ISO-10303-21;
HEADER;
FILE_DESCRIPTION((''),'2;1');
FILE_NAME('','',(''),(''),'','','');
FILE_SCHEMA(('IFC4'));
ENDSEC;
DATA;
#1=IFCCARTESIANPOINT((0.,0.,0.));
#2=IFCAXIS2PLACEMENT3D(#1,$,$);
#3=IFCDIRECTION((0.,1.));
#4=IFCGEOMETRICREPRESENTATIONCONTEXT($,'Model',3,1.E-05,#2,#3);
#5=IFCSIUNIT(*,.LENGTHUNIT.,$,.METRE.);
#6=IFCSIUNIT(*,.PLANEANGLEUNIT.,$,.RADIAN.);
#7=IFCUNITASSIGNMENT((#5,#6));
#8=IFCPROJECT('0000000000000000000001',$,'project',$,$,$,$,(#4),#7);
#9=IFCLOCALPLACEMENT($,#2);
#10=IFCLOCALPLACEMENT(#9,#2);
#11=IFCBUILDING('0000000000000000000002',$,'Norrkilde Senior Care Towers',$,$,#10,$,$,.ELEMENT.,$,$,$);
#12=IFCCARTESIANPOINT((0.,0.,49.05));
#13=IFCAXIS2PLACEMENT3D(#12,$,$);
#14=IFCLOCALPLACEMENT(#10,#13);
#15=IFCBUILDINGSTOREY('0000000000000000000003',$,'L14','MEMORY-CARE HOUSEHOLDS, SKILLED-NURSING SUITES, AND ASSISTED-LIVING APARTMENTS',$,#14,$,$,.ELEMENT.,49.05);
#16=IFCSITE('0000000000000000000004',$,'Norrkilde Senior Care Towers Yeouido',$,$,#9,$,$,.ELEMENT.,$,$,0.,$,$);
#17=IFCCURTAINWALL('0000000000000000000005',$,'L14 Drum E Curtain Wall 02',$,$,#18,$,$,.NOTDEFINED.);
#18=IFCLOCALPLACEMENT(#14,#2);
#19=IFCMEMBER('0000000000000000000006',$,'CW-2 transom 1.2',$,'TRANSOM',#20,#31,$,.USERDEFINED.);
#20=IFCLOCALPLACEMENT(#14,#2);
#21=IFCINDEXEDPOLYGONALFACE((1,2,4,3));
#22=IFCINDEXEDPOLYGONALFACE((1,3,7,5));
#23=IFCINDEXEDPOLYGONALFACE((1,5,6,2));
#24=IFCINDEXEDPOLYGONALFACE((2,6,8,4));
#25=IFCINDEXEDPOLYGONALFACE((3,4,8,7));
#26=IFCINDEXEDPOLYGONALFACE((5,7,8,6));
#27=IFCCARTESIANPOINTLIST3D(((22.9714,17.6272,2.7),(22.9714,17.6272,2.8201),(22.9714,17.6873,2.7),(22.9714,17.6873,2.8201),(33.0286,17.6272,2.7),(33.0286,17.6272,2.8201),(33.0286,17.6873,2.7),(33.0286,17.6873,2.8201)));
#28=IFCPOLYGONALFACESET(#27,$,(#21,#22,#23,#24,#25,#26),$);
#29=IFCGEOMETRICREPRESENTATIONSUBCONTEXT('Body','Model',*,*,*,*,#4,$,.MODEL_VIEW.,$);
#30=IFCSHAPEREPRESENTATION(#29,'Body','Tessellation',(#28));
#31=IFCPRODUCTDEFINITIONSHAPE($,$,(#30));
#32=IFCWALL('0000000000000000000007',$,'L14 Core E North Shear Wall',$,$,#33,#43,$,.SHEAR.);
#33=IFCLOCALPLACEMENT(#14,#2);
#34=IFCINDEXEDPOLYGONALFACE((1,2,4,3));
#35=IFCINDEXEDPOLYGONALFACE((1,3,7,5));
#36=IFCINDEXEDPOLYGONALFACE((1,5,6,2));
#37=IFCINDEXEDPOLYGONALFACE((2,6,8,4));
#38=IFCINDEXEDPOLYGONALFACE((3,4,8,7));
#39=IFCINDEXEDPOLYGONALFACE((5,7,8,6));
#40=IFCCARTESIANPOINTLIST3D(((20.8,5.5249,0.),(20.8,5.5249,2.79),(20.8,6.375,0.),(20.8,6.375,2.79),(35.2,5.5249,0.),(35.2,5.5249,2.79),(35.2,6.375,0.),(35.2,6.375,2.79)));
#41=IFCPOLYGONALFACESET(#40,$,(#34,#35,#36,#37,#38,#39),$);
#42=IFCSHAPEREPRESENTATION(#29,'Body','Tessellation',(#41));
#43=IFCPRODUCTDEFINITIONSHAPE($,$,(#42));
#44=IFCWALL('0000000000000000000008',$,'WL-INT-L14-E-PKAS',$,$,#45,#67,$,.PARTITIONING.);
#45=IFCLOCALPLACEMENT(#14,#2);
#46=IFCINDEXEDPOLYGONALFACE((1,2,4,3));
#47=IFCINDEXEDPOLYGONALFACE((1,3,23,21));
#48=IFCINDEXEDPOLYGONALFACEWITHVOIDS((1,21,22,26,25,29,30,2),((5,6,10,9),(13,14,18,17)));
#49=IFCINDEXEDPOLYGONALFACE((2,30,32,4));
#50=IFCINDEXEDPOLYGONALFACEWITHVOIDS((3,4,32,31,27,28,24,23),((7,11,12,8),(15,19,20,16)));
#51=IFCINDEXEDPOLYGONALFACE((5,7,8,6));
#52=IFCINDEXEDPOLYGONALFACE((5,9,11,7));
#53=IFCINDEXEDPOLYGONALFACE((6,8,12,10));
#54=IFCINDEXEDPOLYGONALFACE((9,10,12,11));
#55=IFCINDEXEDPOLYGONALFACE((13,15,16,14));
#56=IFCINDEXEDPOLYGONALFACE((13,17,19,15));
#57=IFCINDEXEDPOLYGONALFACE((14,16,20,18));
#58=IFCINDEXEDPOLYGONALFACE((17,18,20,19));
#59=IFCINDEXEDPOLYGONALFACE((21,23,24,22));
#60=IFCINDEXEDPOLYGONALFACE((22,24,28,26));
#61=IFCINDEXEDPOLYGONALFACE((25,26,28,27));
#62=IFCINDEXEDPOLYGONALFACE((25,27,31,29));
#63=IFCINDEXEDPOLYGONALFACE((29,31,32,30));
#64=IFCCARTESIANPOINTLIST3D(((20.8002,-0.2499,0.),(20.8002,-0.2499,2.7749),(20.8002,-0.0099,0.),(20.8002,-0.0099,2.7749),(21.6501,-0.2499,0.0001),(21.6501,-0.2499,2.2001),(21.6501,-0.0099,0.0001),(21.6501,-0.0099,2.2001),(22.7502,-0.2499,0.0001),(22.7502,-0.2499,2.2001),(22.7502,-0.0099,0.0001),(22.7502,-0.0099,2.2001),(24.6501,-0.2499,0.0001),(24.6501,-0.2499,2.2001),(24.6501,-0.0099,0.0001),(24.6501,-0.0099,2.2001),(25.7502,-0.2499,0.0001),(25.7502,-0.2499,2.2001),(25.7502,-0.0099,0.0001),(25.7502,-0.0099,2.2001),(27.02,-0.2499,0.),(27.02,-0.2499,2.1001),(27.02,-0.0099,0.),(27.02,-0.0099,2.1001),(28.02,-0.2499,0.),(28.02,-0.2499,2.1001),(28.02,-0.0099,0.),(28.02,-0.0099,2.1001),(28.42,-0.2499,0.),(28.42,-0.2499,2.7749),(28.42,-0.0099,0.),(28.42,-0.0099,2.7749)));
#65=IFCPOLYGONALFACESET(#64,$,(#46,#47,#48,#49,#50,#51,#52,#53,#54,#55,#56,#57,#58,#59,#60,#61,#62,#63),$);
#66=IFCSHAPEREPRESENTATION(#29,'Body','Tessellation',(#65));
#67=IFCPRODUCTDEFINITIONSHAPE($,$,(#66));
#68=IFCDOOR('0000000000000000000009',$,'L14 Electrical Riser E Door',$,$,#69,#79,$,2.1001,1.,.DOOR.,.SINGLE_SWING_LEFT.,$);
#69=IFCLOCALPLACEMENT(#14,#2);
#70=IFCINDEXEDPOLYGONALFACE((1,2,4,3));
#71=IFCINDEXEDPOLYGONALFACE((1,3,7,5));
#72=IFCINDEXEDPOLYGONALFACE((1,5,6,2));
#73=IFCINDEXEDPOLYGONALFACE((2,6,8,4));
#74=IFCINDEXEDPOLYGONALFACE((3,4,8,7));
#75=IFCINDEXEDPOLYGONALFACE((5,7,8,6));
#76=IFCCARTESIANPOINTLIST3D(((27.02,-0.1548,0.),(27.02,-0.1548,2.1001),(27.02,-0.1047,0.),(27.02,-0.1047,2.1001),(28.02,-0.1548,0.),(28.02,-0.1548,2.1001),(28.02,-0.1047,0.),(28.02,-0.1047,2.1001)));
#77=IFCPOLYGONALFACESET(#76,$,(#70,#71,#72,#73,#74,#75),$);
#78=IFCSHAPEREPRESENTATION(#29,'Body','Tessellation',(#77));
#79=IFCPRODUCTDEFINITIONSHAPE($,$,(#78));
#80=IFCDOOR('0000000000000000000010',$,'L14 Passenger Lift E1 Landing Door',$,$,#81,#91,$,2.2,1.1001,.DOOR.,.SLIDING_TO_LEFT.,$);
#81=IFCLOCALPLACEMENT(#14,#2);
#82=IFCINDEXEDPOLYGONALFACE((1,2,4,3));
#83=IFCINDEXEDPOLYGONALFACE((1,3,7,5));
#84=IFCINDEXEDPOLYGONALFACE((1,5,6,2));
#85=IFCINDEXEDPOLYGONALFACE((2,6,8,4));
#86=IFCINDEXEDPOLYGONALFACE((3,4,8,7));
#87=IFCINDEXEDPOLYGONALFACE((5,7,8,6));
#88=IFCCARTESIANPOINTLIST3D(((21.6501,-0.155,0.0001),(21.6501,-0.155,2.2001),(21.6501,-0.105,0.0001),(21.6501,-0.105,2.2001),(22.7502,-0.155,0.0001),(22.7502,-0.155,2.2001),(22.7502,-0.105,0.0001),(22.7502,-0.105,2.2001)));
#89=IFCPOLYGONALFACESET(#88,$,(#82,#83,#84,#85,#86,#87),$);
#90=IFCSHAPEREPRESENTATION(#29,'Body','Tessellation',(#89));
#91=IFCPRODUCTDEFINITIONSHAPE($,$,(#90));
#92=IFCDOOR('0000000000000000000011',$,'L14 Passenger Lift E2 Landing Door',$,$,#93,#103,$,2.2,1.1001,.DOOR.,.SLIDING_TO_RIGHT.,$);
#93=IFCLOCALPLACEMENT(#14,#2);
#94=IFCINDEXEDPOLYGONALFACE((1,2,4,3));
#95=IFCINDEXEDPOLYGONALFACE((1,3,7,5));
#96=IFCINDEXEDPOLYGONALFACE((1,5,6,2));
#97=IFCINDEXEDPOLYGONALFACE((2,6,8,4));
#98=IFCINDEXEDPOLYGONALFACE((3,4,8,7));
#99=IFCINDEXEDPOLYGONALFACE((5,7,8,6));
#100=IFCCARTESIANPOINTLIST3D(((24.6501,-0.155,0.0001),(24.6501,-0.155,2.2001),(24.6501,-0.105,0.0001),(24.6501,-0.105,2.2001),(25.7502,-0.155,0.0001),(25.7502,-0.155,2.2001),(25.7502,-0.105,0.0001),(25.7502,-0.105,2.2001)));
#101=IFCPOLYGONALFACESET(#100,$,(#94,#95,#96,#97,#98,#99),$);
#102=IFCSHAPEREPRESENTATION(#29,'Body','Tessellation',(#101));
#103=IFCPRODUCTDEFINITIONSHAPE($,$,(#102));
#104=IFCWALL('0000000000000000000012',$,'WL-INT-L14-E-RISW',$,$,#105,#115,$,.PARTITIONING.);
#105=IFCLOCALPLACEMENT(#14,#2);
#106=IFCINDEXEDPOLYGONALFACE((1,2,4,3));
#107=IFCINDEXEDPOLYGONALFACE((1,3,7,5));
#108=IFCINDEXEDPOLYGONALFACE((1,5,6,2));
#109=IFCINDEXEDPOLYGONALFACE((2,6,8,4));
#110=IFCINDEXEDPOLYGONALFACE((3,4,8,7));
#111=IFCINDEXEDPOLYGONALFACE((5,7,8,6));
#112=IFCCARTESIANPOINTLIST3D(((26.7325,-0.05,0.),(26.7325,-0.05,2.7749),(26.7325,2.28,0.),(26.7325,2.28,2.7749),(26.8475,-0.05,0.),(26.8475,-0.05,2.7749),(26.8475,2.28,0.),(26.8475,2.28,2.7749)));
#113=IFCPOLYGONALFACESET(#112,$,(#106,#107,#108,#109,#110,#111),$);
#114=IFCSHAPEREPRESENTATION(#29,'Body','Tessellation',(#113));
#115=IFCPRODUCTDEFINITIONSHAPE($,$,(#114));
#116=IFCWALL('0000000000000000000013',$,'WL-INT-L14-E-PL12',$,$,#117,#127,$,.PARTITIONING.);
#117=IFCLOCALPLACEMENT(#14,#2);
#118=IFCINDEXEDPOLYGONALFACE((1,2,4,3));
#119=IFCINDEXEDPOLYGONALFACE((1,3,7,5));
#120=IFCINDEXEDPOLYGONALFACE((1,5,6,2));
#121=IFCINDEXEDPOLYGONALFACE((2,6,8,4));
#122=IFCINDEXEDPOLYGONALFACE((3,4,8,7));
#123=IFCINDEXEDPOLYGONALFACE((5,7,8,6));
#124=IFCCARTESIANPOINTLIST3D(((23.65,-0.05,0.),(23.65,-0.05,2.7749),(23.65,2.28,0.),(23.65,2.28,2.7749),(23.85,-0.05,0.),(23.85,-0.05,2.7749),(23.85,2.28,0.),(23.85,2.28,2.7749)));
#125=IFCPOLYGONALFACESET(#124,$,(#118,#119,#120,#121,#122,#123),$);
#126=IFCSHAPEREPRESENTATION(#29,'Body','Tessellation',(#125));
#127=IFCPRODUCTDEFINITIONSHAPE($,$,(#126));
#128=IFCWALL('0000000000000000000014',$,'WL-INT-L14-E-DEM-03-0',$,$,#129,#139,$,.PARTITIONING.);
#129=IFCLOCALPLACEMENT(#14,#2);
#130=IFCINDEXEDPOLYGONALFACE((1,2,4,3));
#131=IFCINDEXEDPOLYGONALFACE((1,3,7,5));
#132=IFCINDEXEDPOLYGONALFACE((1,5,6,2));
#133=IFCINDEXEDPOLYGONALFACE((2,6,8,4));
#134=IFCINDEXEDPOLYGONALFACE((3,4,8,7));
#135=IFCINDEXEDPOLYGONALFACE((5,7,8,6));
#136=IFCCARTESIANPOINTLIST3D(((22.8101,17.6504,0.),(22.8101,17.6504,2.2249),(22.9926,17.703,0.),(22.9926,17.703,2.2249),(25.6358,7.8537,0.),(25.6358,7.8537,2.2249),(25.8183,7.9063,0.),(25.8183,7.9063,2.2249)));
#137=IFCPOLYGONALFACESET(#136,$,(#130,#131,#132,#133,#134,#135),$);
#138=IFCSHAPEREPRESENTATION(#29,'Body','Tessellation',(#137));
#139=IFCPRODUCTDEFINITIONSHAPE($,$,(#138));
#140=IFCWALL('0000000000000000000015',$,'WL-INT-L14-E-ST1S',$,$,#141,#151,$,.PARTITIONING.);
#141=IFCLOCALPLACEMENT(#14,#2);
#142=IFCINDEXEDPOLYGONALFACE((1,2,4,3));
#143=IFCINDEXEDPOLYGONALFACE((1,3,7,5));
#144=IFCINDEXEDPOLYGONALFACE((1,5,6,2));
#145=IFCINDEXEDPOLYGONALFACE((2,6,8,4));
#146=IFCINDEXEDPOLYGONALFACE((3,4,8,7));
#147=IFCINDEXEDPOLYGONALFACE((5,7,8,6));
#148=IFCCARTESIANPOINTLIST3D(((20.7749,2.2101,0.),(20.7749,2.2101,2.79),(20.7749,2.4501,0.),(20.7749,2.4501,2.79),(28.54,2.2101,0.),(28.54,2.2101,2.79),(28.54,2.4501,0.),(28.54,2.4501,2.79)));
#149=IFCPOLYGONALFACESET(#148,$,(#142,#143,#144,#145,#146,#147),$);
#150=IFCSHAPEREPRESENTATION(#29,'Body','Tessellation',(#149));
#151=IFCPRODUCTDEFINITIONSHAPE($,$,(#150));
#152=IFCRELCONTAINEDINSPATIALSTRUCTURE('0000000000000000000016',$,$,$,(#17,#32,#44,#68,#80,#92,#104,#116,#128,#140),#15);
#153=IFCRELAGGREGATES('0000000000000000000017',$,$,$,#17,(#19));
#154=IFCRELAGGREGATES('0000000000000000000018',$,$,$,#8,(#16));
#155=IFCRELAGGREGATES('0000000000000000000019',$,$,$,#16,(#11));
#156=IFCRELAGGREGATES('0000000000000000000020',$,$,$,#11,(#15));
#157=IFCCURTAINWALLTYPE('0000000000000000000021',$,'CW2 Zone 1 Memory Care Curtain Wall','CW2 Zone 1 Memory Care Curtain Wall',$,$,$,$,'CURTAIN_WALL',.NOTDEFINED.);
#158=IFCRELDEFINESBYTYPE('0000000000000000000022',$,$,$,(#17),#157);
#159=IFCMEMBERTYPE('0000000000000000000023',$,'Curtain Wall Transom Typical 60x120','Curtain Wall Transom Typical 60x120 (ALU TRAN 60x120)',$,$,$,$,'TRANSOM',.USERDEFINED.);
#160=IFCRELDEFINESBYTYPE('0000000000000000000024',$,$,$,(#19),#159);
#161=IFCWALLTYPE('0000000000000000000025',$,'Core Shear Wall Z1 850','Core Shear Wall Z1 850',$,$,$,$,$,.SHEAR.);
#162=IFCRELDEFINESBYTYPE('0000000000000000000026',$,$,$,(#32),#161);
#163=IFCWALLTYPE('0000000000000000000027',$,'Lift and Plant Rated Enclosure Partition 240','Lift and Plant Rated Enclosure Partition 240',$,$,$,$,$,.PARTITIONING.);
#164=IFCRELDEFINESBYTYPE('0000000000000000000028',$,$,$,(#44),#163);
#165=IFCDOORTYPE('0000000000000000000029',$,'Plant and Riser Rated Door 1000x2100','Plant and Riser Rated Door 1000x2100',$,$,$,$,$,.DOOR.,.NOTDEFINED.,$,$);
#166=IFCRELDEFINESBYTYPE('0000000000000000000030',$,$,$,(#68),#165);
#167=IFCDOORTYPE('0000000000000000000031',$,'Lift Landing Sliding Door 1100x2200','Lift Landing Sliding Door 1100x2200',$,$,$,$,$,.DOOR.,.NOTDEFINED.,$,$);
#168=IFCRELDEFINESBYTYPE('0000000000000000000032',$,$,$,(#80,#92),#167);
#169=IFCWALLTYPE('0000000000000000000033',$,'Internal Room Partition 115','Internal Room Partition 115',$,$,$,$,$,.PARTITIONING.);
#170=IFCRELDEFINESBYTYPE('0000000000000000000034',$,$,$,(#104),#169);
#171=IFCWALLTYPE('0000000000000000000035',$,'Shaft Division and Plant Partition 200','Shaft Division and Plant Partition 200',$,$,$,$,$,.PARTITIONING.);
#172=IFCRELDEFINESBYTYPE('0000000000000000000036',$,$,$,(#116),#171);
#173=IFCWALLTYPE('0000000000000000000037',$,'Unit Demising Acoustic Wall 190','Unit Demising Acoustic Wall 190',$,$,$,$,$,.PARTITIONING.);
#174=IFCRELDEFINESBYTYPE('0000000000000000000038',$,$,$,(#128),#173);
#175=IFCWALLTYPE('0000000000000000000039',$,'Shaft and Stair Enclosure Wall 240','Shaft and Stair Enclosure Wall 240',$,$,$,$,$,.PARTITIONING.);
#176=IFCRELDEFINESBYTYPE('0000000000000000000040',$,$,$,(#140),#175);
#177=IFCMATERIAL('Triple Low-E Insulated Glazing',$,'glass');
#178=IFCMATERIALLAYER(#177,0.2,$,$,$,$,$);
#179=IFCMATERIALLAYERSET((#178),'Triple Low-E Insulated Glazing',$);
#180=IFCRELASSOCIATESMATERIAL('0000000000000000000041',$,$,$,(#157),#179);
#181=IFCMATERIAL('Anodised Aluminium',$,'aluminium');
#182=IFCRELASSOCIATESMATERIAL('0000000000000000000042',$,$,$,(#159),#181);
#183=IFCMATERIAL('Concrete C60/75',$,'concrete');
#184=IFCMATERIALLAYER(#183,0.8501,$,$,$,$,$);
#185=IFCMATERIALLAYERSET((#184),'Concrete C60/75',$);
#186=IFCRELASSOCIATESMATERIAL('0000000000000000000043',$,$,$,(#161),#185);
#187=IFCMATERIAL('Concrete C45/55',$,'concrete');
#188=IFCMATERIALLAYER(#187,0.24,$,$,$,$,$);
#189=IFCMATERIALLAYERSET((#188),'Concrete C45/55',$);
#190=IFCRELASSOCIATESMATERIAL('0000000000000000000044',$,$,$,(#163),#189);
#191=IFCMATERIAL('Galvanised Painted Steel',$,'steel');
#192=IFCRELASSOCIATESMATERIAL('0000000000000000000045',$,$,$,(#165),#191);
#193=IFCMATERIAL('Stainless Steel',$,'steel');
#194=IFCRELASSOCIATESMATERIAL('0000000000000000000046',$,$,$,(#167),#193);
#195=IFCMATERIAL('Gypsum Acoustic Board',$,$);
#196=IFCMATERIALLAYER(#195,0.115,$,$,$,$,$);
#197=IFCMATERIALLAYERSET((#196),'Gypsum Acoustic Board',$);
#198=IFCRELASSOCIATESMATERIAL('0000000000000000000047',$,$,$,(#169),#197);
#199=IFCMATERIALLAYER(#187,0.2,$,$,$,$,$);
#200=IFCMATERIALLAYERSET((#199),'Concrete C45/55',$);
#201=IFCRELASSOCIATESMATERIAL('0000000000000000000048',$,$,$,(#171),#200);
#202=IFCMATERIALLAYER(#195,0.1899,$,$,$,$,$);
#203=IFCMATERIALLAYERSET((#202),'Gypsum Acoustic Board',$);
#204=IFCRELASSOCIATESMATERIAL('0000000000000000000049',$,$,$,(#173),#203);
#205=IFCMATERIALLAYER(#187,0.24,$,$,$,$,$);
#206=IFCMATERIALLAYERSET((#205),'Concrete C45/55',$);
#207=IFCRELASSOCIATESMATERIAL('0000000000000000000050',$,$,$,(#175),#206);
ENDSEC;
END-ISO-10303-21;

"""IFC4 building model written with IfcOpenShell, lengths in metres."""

from ifc_helpers import new_model, si_unit, direction, frame, frame_2d, origin, origin_2d, place, context, subcontext, project, spatial, rectangle, extrude, source, transform, mapped, material, layer, layer_set, material_profile, profile_set, type_object, type_shapes, element, fill, aggregate, save


model = new_model("IFC4")

# Units and contexts
model_context = context("Model", 3, precision=1e-05, world=origin(), true_north=direction((0.0, 1.0)))
body_context = subcontext(model_context, "Body", "Model", "MODEL_VIEW")
ifc_project = project(units=[si_unit("LENGTHUNIT", "METRE"), si_unit("PLANEANGLEUNIT", "RADIAN")], contexts=[model_context])

# Site, building, storey
site_placement = place(None, origin())
site = spatial("IfcSite", under=ifc_project, at=site_placement, Name="Norrkilde Senior Care Towers Yeouido", CompositionType="ELEMENT", RefElevation=0.0)
building_placement = place(site_placement, origin())
building = spatial("IfcBuilding", under=site, at=building_placement, Name="Norrkilde Senior Care Towers", CompositionType="ELEMENT")
storey_placement = place(building_placement, frame((0.0, 0.0, 49.05)))
storey = spatial("IfcBuildingStorey", under=building, at=storey_placement, Name="L14", Description="MEMORY-CARE HOUSEHOLDS, SKILLED-NURSING SUITES, AND ASSISTED-LIVING APARTMENTS", CompositionType="ELEMENT", Elevation=49.05)

# Shared definitions
ifc_material_1 = material(Name="Concrete C60/75", Category="concrete")

# Curtain wall, member
ifc_material_2 = material(Name="Triple Low-E Insulated Glazing", Category="glass")
ifc_layer_1 = layer(ifc_material_2, 0.2)
ifc_layer_set_1 = layer_set([ifc_layer_1], Name="Triple Low-E Insulated Glazing")
curtain_wall_type = type_object("IfcCurtainWallType", Name="CW2 Zone 1 Memory Care Curtain Wall", Description="CW2 Zone 1 Memory Care Curtain Wall", ElementType="CURTAIN_WALL", PredefinedType="NOTDEFINED", material=ifc_layer_set_1)
curtain_wall_placement = place(storey_placement, origin())
curtain_wall = element("IfcCurtainWall", 1, at=curtain_wall_placement, inside=storey, type_object=curtain_wall_type, Name="L14 Drum E Curtain Wall 02", PredefinedType="NOTDEFINED")
ifc_material_3 = material(Name="Anodised Aluminium", Category="aluminium")
ifc_material_profile_1 = material_profile(ifc_material_3, rectangle(XDim=0.0601, YDim=0.1201, at=origin_2d()), Name="ALU TRAN 60x120")
ifc_profile_set_1 = profile_set([ifc_material_profile_1], Name="Anodised Aluminium")
member_type_1 = type_object("IfcMemberType", Name="Curtain Wall Transom Typical 60x120", Description="Curtain Wall Transom Typical 60x120 (ALU TRAN 60x120)", ElementType="TRANSOM", PredefinedType="USERDEFINED", material=ifc_profile_set_1)
shared_shape_1 = source(origin(), body_context, "Body", "SweptSolid", [
    extrude(rectangle(XDim=0.0601, YDim=0.1201, at=origin_2d()), origin(), (0.0, 0.0, 1.0), 10.0571),
])
type_shapes(member_type_1, [shared_shape_1])
member_1_placement = place(storey_placement, frame((22.9714, 17.6572, 2.76), z_axis=(1.0, 0.0, 0.0), x_axis=(0.0, 1.0, 0.0)))
member_1 = element("IfcMember", 2, at=member_1_placement, type_object=member_type_1, Name="CW-2 transom 1.2", ObjectType="TRANSOM", PredefinedType="USERDEFINED", context=body_context, shape_type="MappedRepresentation", body=[
    mapped(shared_shape_1, transform((0.0, 0.0, 0.0), x_axis=(1.0, 0.0, 0.0), y_axis=(0.0, 1.0, 0.0), z_axis=(0.0, 0.0, 1.0), scale=1.0)),
])
aggregate(curtain_wall, [member_1])

# Wall
ifc_layer_2 = layer(ifc_material_1, 0.8501)
ifc_layer_set_2 = layer_set([ifc_layer_2], Name="Concrete C60/75")
wall_type_1 = type_object("IfcWallType", Name="Core Shear Wall Z1 850", Description="Core Shear Wall Z1 850", PredefinedType="SHEAR", material=ifc_layer_set_2)
shared_shape_2 = source(origin(), body_context, "Body", "SweptSolid", [
    extrude(rectangle(XDim=14.3999, YDim=0.8501, at=frame_2d((7.2, 0.0))), origin(), (0.0, 0.0, 1.0), 2.79),
])
type_shapes(wall_type_1, [shared_shape_2])
wall_1_placement = place(storey_placement, frame((20.8, 5.95, 0.0), z_axis=(0.0, 0.0, 1.0), x_axis=(1.0, 0.0, 0.0)))
element("IfcWall", 3, at=wall_1_placement, inside=storey, type_object=wall_type_1, Name="L14 Core E North Shear Wall", PredefinedType="SHEAR", context=body_context, shape_type="MappedRepresentation", body=[
    mapped(shared_shape_2, transform((0.0, 0.0, 0.0), x_axis=(1.0, 0.0, 0.0), y_axis=(0.0, 1.0, 0.0), z_axis=(0.0, 0.0, 1.0), scale=1.0)),
])

# Wall, openings, doors
ifc_material_4 = material(Name="Concrete C45/55", Category="concrete")
ifc_layer_3 = layer(ifc_material_4, 0.24)
ifc_layer_set_3 = layer_set([ifc_layer_3], Name="Concrete C45/55")
wall_type_2 = type_object("IfcWallType", Name="Lift and Plant Rated Enclosure Partition 240", Description="Lift and Plant Rated Enclosure Partition 240", PredefinedType="PARTITIONING", material=ifc_layer_set_3)
shared_shape_3 = source(origin(), body_context, "Body", "SweptSolid", [
    extrude(rectangle(XDim=7.6199, YDim=0.24, at=frame_2d((3.8101, 0.0))), origin(), (0.0, 0.0, 1.0), 2.7749),
])
type_shapes(wall_type_2, [shared_shape_3])
wall_2_placement = place(storey_placement, frame((20.8, -0.1299, 0.0), z_axis=(0.0, 0.0, 1.0), x_axis=(1.0, 0.0, 0.0)))
wall_2 = element("IfcWall", 4, at=wall_2_placement, inside=storey, type_object=wall_type_2, Name="WL-INT-L14-E-PKAS", PredefinedType="PARTITIONING", context=body_context, shape_type="MappedRepresentation", body=[
    mapped(shared_shape_3, transform((0.0, 0.0, 0.0), x_axis=(1.0, 0.0, 0.0), y_axis=(0.0, 1.0, 0.0), z_axis=(0.0, 0.0, 1.0), scale=1.0)),
])
opening_1_placement = place(wall_2_placement, frame((6.22, 0.0, 0.0)))
opening_1 = element("IfcOpeningElement", 5, at=opening_1_placement, cuts=wall_2, PredefinedType="OPENING", context=body_context, shape_type="SweptSolid", body=[
    extrude(rectangle(XDim=1.0, YDim=2.1001, at=frame_2d((0.5, 1.05))), frame((0.0, 0.1299, 0.0), z_axis=(0.0, -1.0, 0.0), x_axis=(1.0, 0.0, 0.0)), (0.0, 0.0, 1.0), 0.26),
])
opening_2_placement = place(wall_2_placement, frame((0.8501, 0.0, 0.0)))
opening_2 = element("IfcOpeningElement", 6, at=opening_2_placement, cuts=wall_2, PredefinedType="OPENING", context=body_context, shape_type="SweptSolid", body=[
    extrude(rectangle(XDim=1.1001, YDim=2.2, at=frame_2d((0.55, 1.1001))), frame((0.0, 0.1299, 0.0), z_axis=(0.0, -1.0, 0.0), x_axis=(1.0, 0.0, 0.0)), (0.0, 0.0, 1.0), 0.26),
])
opening_3_placement = place(wall_2_placement, frame((3.8501, 0.0, 0.0)))
opening_3 = element("IfcOpeningElement", 7, at=opening_3_placement, cuts=wall_2, PredefinedType="OPENING", context=body_context, shape_type="SweptSolid", body=[
    extrude(rectangle(XDim=1.1001, YDim=2.2, at=frame_2d((0.55, 1.1001))), frame((0.0, 0.1299, 0.0), z_axis=(0.0, -1.0, 0.0), x_axis=(1.0, 0.0, 0.0)), (0.0, 0.0, 1.0), 0.26),
])
ifc_material_5 = material(Name="Galvanised Painted Steel", Category="steel")
door_type_1 = type_object("IfcDoorType", Name="Plant and Riser Rated Door 1000x2100", Description="Plant and Riser Rated Door 1000x2100", OperationType="NOTDEFINED", PredefinedType="DOOR", material=ifc_material_5)
shared_shape_4 = source(origin(), body_context, "Body", "SweptSolid", [
    extrude(rectangle(XDim=1.0, YDim=2.1001, at=frame_2d((0.5, 1.05))), frame((0.0, 0.0249, 0.0), z_axis=(0.0, -1.0, 0.0), x_axis=(1.0, 0.0, 0.0)), (0.0, 0.0, 1.0), 0.05),
])
type_shapes(door_type_1, [shared_shape_4])
door_1_placement = place(opening_1_placement, frame((1.0, 0.0, 0.0), z_axis=(0.0, 0.0, 1.0), x_axis=(-1.0, 0.0, 0.0)))
door_1 = element("IfcDoor", 8, at=door_1_placement, inside=storey, type_object=door_type_1, Name="L14 Electrical Riser E Door", OperationType="SINGLE_SWING_LEFT", OverallHeight=2.1001, OverallWidth=1.0, PredefinedType="DOOR", context=body_context, shape_type="MappedRepresentation", body=[
    mapped(shared_shape_4, transform((0.0, 0.0, 0.0), x_axis=(1.0, 0.0, 0.0), y_axis=(0.0, 1.0, 0.0), z_axis=(0.0, 0.0, 1.0), scale=1.0)),
])
fill(opening_1, door_1)
ifc_material_6 = material(Name="Stainless Steel", Category="steel")
door_type_2 = type_object("IfcDoorType", Name="Lift Landing Sliding Door 1100x2200", Description="Lift Landing Sliding Door 1100x2200", OperationType="NOTDEFINED", PredefinedType="DOOR", material=ifc_material_6)
shared_shape_5 = source(origin(), body_context, "Body", "SweptSolid", [
    extrude(rectangle(XDim=1.1001, YDim=2.2, at=frame_2d((0.55, 1.1001))), frame((0.0, 0.0249, 0.0), z_axis=(0.0, -1.0, 0.0), x_axis=(1.0, 0.0, 0.0)), (0.0, 0.0, 1.0), 0.05),
])
type_shapes(door_type_2, [shared_shape_5])
door_2_placement = place(opening_2_placement, origin())
door_2 = element("IfcDoor", 9, at=door_2_placement, inside=storey, type_object=door_type_2, Name="L14 Passenger Lift E1 Landing Door", OperationType="SLIDING_TO_LEFT", OverallHeight=2.2, OverallWidth=1.1001, PredefinedType="DOOR", context=body_context, shape_type="MappedRepresentation", body=[
    mapped(shared_shape_5, transform((0.0, 0.0, 0.0), x_axis=(1.0, 0.0, 0.0), y_axis=(0.0, 1.0, 0.0), z_axis=(0.0, 0.0, 1.0), scale=1.0)),
])
fill(opening_2, door_2)
door_3_placement = place(opening_3_placement, origin())
door_3 = element("IfcDoor", 10, at=door_3_placement, inside=storey, type_object=door_type_2, Name="L14 Passenger Lift E2 Landing Door", OperationType="SLIDING_TO_RIGHT", OverallHeight=2.2, OverallWidth=1.1001, PredefinedType="DOOR", context=body_context, shape_type="MappedRepresentation", body=[
    mapped(shared_shape_5, transform((0.0, 0.0, 0.0), x_axis=(1.0, 0.0, 0.0), y_axis=(0.0, 1.0, 0.0), z_axis=(0.0, 0.0, 1.0), scale=1.0)),
])
fill(opening_3, door_3)

# Walls
ifc_material_7 = material(Name="Gypsum Acoustic Board")
ifc_layer_4 = layer(ifc_material_7, 0.115)
ifc_layer_set_4 = layer_set([ifc_layer_4], Name="Gypsum Acoustic Board")
wall_type_3 = type_object("IfcWallType", Name="Internal Room Partition 115", Description="Internal Room Partition 115", PredefinedType="PARTITIONING", material=ifc_layer_set_4)
shared_shape_6 = source(origin(), body_context, "Body", "SweptSolid", [
    extrude(rectangle(XDim=2.3301, YDim=0.115, at=frame_2d((1.165, 0.0))), origin(), (0.0, 0.0, 1.0), 2.7749),
])
type_shapes(wall_type_3, [shared_shape_6])
wall_3_placement = place(storey_placement, frame((26.79, -0.05, 0.0), z_axis=(0.0, 0.0, 1.0), x_axis=(0.0, 1.0, 0.0)))
element("IfcWall", 11, at=wall_3_placement, inside=storey, type_object=wall_type_3, Name="WL-INT-L14-E-RISW", PredefinedType="PARTITIONING", context=body_context, shape_type="MappedRepresentation", body=[
    mapped(shared_shape_6, transform((0.0, 0.0, 0.0), x_axis=(1.0, 0.0, 0.0), y_axis=(0.0, 1.0, 0.0), z_axis=(0.0, 0.0, 1.0), scale=1.0)),
])
ifc_layer_5 = layer(ifc_material_4, 0.2)
ifc_layer_set_5 = layer_set([ifc_layer_5], Name="Concrete C45/55")
wall_type_4 = type_object("IfcWallType", Name="Shaft Division and Plant Partition 200", Description="Shaft Division and Plant Partition 200", PredefinedType="PARTITIONING", material=ifc_layer_set_5)
shared_shape_7 = source(origin(), body_context, "Body", "SweptSolid", [
    extrude(rectangle(XDim=2.3301, YDim=0.2, at=frame_2d((1.165, 0.0))), origin(), (0.0, 0.0, 1.0), 2.7749),
])
type_shapes(wall_type_4, [shared_shape_7])
wall_4_placement = place(storey_placement, frame((23.75, -0.05, 0.0), z_axis=(0.0, 0.0, 1.0), x_axis=(0.0, 1.0, 0.0)))
element("IfcWall", 12, at=wall_4_placement, inside=storey, type_object=wall_type_4, Name="WL-INT-L14-E-PL12", PredefinedType="PARTITIONING", context=body_context, shape_type="MappedRepresentation", body=[
    mapped(shared_shape_7, transform((0.0, 0.0, 0.0), x_axis=(1.0, 0.0, 0.0), y_axis=(0.0, 1.0, 0.0), z_axis=(0.0, 0.0, 1.0), scale=1.0)),
])
ifc_layer_6 = layer(ifc_material_7, 0.1899)
ifc_layer_set_6 = layer_set([ifc_layer_6], Name="Gypsum Acoustic Board")
wall_type_5 = type_object("IfcWallType", Name="Unit Demising Acoustic Wall 190", Description="Unit Demising Acoustic Wall 190", PredefinedType="PARTITIONING", material=ifc_layer_set_6)
shared_shape_8 = source(origin(), body_context, "Body", "SweptSolid", [
    extrude(rectangle(XDim=10.196, YDim=0.1899, at=frame_2d((5.0981, 0.0))), origin(), (0.0, 0.0, 1.0), 2.2249),
])
type_shapes(wall_type_5, [shared_shape_8])
wall_5_placement = place(storey_placement, frame((25.7271, 7.8799, 0.0), z_axis=(0.0, 0.0, 1.0), x_axis=(-0.277136, 0.960831, 0.0)))
element("IfcWall", 13, at=wall_5_placement, inside=storey, type_object=wall_type_5, Name="WL-INT-L14-E-DEM-03-0", PredefinedType="PARTITIONING", context=body_context, shape_type="MappedRepresentation", body=[
    mapped(shared_shape_8, transform((0.0, 0.0, 0.0), x_axis=(1.0, 0.0, 0.0), y_axis=(0.0, 1.0, 0.0), z_axis=(0.0, 0.0, 1.0), scale=1.0)),
])
ifc_layer_7 = layer(ifc_material_4, 0.24)
ifc_layer_set_7 = layer_set([ifc_layer_7], Name="Concrete C45/55")
wall_type_6 = type_object("IfcWallType", Name="Shaft and Stair Enclosure Wall 240", Description="Shaft and Stair Enclosure Wall 240", PredefinedType="PARTITIONING", material=ifc_layer_set_7)
shared_shape_9 = source(origin(), body_context, "Body", "SweptSolid", [
    extrude(rectangle(XDim=7.7651, YDim=0.24, at=frame_2d((3.8826, 0.0))), origin(), (0.0, 0.0, 1.0), 2.79),
])
wall_6_placement = place(storey_placement, frame((20.7749, 2.3301, 0.0), z_axis=(0.0, 0.0, 1.0), x_axis=(1.0, 0.0, 0.0)))
element("IfcWall", 14, at=wall_6_placement, inside=storey, type_object=wall_type_6, Name="WL-INT-L14-E-ST1S", PredefinedType="PARTITIONING", context=body_context, shape_type="MappedRepresentation", body=[
    mapped(shared_shape_9, transform((0.0, 0.0, 0.0), x_axis=(1.0, 0.0, 0.0), y_axis=(0.0, 1.0, 0.0), z_axis=(0.0, 0.0, 1.0), scale=1.0)),
])

save(model, "model.ifc")
